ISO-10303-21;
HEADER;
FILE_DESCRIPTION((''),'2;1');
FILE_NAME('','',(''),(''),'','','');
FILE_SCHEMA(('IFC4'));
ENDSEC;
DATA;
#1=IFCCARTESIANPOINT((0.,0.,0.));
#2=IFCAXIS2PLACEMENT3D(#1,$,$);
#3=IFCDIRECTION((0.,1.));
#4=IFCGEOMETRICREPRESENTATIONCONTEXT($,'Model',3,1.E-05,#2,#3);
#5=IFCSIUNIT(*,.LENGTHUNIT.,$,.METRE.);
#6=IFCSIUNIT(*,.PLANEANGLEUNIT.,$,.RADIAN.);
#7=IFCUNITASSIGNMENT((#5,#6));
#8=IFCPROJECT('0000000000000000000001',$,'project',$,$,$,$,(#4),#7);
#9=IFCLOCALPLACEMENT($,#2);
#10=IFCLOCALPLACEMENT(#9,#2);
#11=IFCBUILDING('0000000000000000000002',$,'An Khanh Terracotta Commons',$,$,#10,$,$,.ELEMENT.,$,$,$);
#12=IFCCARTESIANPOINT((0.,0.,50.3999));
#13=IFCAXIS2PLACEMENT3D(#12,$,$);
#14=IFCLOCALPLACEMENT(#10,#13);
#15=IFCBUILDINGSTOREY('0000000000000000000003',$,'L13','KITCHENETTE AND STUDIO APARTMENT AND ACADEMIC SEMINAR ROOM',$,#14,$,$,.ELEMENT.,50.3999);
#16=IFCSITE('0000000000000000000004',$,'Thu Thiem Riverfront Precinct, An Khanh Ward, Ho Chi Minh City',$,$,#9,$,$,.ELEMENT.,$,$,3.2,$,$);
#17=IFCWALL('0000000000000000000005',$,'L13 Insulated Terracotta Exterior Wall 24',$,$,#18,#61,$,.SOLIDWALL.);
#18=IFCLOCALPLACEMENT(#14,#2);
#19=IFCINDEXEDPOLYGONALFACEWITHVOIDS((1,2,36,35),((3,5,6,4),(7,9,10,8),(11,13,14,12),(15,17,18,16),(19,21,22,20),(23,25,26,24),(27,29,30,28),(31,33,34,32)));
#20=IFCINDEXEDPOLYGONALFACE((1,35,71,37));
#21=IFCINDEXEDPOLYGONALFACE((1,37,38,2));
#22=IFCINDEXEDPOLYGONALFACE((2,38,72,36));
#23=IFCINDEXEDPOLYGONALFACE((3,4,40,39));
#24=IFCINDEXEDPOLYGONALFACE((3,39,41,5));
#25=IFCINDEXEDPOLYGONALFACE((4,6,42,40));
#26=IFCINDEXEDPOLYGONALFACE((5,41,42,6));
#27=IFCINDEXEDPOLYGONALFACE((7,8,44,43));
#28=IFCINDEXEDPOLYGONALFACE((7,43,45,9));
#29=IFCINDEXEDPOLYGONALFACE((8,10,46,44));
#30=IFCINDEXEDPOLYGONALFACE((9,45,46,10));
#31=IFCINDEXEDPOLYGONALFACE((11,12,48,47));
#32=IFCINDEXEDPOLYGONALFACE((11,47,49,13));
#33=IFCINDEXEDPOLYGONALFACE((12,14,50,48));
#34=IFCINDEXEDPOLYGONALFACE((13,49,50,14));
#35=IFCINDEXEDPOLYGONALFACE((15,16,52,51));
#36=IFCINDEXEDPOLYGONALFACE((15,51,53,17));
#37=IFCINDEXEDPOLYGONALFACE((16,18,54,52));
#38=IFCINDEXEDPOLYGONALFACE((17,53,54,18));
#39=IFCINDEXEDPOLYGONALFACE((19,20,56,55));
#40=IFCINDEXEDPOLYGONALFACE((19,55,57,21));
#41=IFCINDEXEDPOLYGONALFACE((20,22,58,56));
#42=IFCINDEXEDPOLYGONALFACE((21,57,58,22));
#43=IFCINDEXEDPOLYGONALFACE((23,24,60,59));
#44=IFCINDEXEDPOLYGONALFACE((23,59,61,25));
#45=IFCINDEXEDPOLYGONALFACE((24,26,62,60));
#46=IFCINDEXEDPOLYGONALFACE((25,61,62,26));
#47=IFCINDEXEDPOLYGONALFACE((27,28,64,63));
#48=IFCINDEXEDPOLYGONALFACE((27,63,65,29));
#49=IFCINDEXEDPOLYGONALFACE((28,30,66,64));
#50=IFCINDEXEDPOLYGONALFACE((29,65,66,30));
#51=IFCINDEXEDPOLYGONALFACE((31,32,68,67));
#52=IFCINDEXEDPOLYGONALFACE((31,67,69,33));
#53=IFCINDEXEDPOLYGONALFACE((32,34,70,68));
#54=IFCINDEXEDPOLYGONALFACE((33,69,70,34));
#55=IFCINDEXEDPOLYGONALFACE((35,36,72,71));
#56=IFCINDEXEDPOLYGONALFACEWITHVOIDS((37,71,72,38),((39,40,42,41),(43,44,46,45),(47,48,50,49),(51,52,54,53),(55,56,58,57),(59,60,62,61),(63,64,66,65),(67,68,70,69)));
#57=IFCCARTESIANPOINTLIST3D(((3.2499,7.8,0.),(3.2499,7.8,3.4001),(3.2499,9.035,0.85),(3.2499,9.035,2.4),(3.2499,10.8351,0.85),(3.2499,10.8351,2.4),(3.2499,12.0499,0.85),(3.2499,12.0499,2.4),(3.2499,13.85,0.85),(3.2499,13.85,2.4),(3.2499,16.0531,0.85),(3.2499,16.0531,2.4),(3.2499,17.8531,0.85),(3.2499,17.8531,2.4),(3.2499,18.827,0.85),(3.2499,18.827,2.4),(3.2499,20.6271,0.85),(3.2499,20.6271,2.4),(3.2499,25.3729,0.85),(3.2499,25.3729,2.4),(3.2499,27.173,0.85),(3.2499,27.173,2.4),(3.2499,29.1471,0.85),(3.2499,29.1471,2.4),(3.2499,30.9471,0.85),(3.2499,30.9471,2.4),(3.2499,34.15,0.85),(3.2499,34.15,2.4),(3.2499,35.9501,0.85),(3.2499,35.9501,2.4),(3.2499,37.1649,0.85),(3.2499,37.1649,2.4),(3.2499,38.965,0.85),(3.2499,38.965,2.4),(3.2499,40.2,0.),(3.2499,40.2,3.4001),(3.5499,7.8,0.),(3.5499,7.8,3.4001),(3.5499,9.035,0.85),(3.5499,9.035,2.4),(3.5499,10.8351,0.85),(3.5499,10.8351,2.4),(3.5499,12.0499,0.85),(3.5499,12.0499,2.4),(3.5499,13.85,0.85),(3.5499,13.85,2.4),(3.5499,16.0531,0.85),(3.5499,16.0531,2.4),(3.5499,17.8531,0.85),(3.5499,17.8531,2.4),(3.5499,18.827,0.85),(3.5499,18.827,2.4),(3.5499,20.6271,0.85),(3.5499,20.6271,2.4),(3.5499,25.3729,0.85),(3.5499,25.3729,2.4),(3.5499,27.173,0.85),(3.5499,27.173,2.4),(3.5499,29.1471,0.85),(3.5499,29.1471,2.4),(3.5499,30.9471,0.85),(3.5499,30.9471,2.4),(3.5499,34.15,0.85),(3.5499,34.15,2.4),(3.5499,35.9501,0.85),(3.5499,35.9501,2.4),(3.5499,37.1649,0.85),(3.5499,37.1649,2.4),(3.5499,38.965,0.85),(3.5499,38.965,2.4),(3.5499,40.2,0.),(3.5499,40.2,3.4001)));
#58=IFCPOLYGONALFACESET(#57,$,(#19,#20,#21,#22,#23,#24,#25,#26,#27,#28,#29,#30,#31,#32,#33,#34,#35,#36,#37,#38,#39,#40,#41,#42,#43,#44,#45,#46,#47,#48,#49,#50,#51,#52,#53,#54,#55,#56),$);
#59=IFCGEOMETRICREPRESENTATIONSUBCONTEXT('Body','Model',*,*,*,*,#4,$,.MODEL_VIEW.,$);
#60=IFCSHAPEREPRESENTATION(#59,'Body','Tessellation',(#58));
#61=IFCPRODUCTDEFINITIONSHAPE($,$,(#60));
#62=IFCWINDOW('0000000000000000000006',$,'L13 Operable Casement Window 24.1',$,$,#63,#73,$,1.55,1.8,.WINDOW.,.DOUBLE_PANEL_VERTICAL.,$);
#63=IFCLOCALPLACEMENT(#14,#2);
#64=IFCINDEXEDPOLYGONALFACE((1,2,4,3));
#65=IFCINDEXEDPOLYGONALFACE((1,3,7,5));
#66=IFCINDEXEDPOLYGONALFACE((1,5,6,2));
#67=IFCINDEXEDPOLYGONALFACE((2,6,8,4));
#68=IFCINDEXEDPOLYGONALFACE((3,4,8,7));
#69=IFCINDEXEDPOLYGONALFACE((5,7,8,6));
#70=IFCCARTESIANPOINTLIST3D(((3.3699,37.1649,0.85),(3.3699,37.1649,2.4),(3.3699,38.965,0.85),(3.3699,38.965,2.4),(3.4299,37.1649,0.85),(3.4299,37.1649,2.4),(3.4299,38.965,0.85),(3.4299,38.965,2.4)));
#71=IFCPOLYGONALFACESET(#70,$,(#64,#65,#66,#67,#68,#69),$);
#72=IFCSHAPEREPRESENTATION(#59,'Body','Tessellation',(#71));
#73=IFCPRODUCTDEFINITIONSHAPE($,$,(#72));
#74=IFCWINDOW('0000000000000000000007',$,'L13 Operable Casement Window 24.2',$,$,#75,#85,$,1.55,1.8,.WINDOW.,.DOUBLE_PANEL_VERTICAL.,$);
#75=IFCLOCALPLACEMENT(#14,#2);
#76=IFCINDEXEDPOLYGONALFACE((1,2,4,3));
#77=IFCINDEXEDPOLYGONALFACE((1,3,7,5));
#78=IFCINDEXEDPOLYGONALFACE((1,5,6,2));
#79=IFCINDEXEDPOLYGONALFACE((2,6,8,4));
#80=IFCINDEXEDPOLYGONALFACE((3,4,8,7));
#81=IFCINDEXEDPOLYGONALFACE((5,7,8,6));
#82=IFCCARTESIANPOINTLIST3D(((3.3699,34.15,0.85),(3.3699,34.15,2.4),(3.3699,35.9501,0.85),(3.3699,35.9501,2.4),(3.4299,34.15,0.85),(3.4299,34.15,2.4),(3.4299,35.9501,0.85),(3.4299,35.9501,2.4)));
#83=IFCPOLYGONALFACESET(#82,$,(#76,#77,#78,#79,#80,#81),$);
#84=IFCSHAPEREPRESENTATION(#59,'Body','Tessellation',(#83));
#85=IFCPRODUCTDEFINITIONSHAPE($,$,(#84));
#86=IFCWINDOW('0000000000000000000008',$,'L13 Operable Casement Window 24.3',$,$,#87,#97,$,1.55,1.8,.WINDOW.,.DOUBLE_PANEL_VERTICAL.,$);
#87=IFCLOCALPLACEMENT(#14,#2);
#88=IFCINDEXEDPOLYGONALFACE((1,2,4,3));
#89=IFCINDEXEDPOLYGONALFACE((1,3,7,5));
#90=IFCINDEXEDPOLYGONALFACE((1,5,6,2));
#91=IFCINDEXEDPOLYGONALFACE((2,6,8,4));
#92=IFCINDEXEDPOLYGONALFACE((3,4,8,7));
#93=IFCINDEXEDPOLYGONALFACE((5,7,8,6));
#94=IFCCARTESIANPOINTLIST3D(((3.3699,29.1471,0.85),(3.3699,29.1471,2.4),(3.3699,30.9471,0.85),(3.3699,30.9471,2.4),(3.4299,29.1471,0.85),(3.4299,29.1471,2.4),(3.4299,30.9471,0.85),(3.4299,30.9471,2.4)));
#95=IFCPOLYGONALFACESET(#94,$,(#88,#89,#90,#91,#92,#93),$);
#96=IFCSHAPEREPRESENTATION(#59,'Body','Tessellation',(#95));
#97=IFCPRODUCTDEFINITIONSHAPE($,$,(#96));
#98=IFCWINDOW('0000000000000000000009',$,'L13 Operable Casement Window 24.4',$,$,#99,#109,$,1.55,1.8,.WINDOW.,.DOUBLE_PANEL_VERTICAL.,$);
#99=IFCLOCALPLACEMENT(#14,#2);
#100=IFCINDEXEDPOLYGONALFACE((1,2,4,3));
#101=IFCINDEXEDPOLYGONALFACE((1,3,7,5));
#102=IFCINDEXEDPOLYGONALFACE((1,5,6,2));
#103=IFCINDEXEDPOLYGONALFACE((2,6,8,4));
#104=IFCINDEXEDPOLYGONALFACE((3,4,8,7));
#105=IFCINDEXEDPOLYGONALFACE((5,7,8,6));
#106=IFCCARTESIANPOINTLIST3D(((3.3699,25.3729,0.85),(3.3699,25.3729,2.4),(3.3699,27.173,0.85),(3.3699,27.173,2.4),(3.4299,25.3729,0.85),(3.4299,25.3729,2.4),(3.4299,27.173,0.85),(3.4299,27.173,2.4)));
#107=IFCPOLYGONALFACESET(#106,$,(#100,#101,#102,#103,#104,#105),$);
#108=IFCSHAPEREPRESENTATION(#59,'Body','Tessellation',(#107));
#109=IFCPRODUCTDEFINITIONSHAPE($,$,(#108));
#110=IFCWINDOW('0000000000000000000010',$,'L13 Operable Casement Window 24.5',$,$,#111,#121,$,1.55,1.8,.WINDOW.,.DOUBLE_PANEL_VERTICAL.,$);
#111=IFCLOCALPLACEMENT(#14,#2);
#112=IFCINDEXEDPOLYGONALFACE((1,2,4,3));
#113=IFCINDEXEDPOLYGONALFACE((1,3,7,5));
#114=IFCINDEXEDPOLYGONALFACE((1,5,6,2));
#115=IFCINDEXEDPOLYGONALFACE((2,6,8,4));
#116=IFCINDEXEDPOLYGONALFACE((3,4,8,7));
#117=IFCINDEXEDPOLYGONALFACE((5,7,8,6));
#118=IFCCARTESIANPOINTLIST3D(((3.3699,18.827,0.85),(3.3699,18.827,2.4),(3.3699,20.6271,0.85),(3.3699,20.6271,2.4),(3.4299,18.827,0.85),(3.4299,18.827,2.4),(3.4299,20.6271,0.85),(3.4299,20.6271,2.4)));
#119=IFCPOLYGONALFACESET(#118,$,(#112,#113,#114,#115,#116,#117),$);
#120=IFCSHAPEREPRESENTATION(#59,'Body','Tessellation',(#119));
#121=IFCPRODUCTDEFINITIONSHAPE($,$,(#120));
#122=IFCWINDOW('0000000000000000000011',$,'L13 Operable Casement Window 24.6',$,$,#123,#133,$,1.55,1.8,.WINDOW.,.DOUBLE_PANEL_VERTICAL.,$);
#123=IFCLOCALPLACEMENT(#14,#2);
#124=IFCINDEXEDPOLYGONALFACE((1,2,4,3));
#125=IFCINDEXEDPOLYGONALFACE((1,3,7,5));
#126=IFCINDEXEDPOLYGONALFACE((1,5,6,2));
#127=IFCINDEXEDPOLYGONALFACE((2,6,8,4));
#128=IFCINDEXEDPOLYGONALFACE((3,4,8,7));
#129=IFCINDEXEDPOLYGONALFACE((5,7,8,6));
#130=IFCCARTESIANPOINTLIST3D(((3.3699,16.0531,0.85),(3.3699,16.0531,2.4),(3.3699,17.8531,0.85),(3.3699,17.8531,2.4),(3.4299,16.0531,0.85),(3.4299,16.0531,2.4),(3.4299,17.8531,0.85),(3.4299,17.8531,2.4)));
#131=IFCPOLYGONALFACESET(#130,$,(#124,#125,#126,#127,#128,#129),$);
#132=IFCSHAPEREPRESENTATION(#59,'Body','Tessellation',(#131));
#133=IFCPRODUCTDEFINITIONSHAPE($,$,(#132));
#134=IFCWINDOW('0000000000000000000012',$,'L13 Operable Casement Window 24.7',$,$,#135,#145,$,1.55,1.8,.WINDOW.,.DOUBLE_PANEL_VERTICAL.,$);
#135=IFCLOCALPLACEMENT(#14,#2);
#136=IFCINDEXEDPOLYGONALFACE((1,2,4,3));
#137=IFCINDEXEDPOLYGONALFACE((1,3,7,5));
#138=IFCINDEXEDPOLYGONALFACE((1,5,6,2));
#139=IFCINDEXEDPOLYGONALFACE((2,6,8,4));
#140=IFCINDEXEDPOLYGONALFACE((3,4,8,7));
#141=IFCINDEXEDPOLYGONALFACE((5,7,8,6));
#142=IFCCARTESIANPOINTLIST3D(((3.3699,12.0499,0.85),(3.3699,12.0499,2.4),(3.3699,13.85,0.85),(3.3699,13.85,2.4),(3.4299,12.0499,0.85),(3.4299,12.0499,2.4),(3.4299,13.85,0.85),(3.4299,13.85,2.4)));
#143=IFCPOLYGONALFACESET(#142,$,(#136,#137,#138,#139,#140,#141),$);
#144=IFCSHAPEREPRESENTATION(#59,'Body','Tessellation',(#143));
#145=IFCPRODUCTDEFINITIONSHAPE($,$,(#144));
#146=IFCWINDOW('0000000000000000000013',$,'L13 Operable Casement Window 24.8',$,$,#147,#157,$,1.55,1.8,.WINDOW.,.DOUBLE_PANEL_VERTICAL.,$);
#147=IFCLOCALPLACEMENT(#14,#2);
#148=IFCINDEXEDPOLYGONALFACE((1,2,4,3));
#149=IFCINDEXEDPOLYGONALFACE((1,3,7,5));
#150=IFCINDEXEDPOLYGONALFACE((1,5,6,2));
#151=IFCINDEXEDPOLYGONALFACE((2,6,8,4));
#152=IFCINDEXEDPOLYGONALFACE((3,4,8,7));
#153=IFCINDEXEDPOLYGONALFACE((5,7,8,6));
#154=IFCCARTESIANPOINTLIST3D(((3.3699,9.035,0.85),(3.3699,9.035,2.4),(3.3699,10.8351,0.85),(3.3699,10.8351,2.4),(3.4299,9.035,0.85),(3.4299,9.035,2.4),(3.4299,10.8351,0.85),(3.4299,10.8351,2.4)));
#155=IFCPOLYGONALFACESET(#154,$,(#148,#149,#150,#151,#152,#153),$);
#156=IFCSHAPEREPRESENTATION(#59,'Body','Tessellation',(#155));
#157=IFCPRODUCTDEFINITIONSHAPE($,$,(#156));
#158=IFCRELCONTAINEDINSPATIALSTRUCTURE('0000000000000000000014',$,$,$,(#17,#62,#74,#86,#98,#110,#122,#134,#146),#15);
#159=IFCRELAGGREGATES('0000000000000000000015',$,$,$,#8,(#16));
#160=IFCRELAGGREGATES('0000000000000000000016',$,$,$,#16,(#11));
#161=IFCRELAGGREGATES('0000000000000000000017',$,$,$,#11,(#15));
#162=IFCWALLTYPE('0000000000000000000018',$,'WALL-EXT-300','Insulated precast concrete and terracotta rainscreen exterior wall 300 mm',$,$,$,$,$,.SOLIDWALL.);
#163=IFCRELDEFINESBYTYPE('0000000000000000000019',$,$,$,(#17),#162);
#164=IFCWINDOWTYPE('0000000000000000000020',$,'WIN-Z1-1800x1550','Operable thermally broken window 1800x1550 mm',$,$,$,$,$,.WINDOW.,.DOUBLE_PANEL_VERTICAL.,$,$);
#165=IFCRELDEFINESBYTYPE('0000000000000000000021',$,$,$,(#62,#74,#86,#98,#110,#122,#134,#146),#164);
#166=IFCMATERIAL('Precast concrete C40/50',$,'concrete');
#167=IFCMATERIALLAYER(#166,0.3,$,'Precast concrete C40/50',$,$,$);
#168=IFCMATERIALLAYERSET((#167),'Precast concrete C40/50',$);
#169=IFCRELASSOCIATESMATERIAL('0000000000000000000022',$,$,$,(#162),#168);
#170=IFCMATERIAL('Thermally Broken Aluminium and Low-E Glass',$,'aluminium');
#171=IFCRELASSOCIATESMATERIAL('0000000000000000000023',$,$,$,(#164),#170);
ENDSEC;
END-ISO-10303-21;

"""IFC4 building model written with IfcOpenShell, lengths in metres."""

from ifc_helpers import new_model, si_unit, direction, frame, frame_2d, origin, place, context, subcontext, project, spatial, rectangle, extrude, material, layer, layer_set, type_object, element, fill, save


model = new_model("IFC4")

# Units and contexts
model_context = context("Model", 3, precision=1e-05, world=origin(), true_north=direction((0.0, 1.0)))
body_context = subcontext(model_context, "Body", "Model", "MODEL_VIEW")
ifc_project = project(units=[si_unit("LENGTHUNIT", "METRE"), si_unit("PLANEANGLEUNIT", "RADIAN")], contexts=[model_context])

# Site, building, storey
site_placement = place(None, origin())
site = spatial("IfcSite", under=ifc_project, at=site_placement, Name="Thu Thiem Riverfront Precinct, An Khanh Ward, Ho Chi Minh City", CompositionType="ELEMENT", RefElevation=3.2)
building_placement = place(site_placement, origin())
building = spatial("IfcBuilding", under=site, at=building_placement, Name="An Khanh Terracotta Commons", CompositionType="ELEMENT")
storey_placement = place(building_placement, frame((0.0, 0.0, 50.3999)))
storey = spatial("IfcBuildingStorey", under=building, at=storey_placement, Name="L13", Description="KITCHENETTE AND STUDIO APARTMENT AND ACADEMIC SEMINAR ROOM", CompositionType="ELEMENT", Elevation=50.3999)

# Shared definitions
ifc_material_1 = material(Name="Precast concrete C40/50", Category="concrete")
ifc_layer_1 = layer(ifc_material_1, 0.3, Name="Precast concrete C40/50")
ifc_layer_set_1 = layer_set([ifc_layer_1], Name="Precast concrete C40/50")
wall_type_1 = type_object("IfcWallType", Name="WALL-EXT-300", Description="Insulated precast concrete and terracotta rainscreen exterior wall 300 mm", PredefinedType="SOLIDWALL", material=ifc_layer_set_1)

# Wall, openings, windows
wall_1_placement = place(storey_placement, frame((3.3999, 40.2, 0.0), z_axis=(0.0, 0.0, 1.0), x_axis=(0.0, -1.0, 0.0)))
wall_1 = element("IfcWall", 1, at=wall_1_placement, inside=storey, type_object=wall_type_1, Name="L13 Insulated Terracotta Exterior Wall 24", PredefinedType="SOLIDWALL", context=body_context, shape_type="SweptSolid", body=[
    extrude(rectangle(XDim=32.3999, YDim=0.3, at=frame_2d((16.2, 0.0))), origin(), (0.0, 0.0, 1.0), 3.4001),
])
opening_1_placement = place(wall_1_placement, frame((1.2351, 0.0, 0.8501)))
opening_1 = element("IfcOpeningElement", 2, at=opening_1_placement, cuts=wall_1, PredefinedType="OPENING", context=body_context, shape_type="SweptSolid", body=[
    extrude(rectangle(XDim=1.8, YDim=1.55, at=frame_2d((0.8999, 0.7749))), frame((0.0, 0.1599, 0.0), z_axis=(0.0, -1.0, 0.0), x_axis=(1.0, 0.0, 0.0)), (0.0, 0.0, 1.0), 0.3201),
])
opening_2_placement = place(wall_1_placement, frame((4.25, 0.0, 0.8501)))
opening_2 = element("IfcOpeningElement", 3, at=opening_2_placement, cuts=wall_1, PredefinedType="OPENING", context=body_context, shape_type="SweptSolid", body=[
    extrude(rectangle(XDim=1.8, YDim=1.55, at=frame_2d((0.8999, 0.7749))), frame((0.0, 0.1599, 0.0), z_axis=(0.0, -1.0, 0.0), x_axis=(1.0, 0.0, 0.0)), (0.0, 0.0, 1.0), 0.3201),
])
opening_3_placement = place(wall_1_placement, frame((9.2529, 0.0, 0.8501)))
opening_3 = element("IfcOpeningElement", 4, at=opening_3_placement, cuts=wall_1, PredefinedType="OPENING", context=body_context, shape_type="SweptSolid", body=[
    extrude(rectangle(XDim=1.8, YDim=1.55, at=frame_2d((0.8999, 0.7749))), frame((0.0, 0.1599, 0.0), z_axis=(0.0, -1.0, 0.0), x_axis=(1.0, 0.0, 0.0)), (0.0, 0.0, 1.0), 0.3201),
])
opening_4_placement = place(wall_1_placement, frame((13.0271, 0.0, 0.8501)))
opening_4 = element("IfcOpeningElement", 5, at=opening_4_placement, cuts=wall_1, PredefinedType="OPENING", context=body_context, shape_type="SweptSolid", body=[
    extrude(rectangle(XDim=1.8, YDim=1.55, at=frame_2d((0.8999, 0.7749))), frame((0.0, 0.1599, 0.0), z_axis=(0.0, -1.0, 0.0), x_axis=(1.0, 0.0, 0.0)), (0.0, 0.0, 1.0), 0.3201),
])
opening_5_placement = place(wall_1_placement, frame((19.573, 0.0, 0.8501)))
opening_5 = element("IfcOpeningElement", 6, at=opening_5_placement, cuts=wall_1, PredefinedType="OPENING", context=body_context, shape_type="SweptSolid", body=[
    extrude(rectangle(XDim=1.8, YDim=1.55, at=frame_2d((0.8999, 0.7749))), frame((0.0, 0.1599, 0.0), z_axis=(0.0, -1.0, 0.0), x_axis=(1.0, 0.0, 0.0)), (0.0, 0.0, 1.0), 0.3201),
])
opening_6_placement = place(wall_1_placement, frame((22.3469, 0.0, 0.8501)))
opening_6 = element("IfcOpeningElement", 7, at=opening_6_placement, cuts=wall_1, PredefinedType="OPENING", context=body_context, shape_type="SweptSolid", body=[
    extrude(rectangle(XDim=1.8, YDim=1.55, at=frame_2d((0.8999, 0.7749))), frame((0.0, 0.1599, 0.0), z_axis=(0.0, -1.0, 0.0), x_axis=(1.0, 0.0, 0.0)), (0.0, 0.0, 1.0), 0.3201),
])
opening_7_placement = place(wall_1_placement, frame((26.3501, 0.0, 0.8501)))
opening_7 = element("IfcOpeningElement", 8, at=opening_7_placement, cuts=wall_1, PredefinedType="OPENING", context=body_context, shape_type="SweptSolid", body=[
    extrude(rectangle(XDim=1.8, YDim=1.55, at=frame_2d((0.8999, 0.7749))), frame((0.0, 0.1599, 0.0), z_axis=(0.0, -1.0, 0.0), x_axis=(1.0, 0.0, 0.0)), (0.0, 0.0, 1.0), 0.3201),
])
opening_8_placement = place(wall_1_placement, frame((29.365, 0.0, 0.8501)))
opening_8 = element("IfcOpeningElement", 9, at=opening_8_placement, cuts=wall_1, PredefinedType="OPENING", context=body_context, shape_type="SweptSolid", body=[
    extrude(rectangle(XDim=1.8, YDim=1.55, at=frame_2d((0.8999, 0.7749))), frame((0.0, 0.1599, 0.0), z_axis=(0.0, -1.0, 0.0), x_axis=(1.0, 0.0, 0.0)), (0.0, 0.0, 1.0), 0.3201),
])
ifc_material_2 = material(Name="Thermally Broken Aluminium and Low-E Glass", Category="aluminium")
window_type = type_object("IfcWindowType", Name="WIN-Z1-1800x1550", Description="Operable thermally broken window 1800x1550 mm", PartitioningType="DOUBLE_PANEL_VERTICAL", PredefinedType="WINDOW", material=ifc_material_2)
window_1_placement = place(opening_1_placement, origin())
window_1 = element("IfcWindow", 10, at=window_1_placement, inside=storey, type_object=window_type, Name="L13 Operable Casement Window 24.1", OverallHeight=1.55, OverallWidth=1.8, PartitioningType="DOUBLE_PANEL_VERTICAL", PredefinedType="WINDOW", context=body_context, shape_type="SweptSolid", body=[
    extrude(rectangle(XDim=1.8, YDim=1.55, at=frame_2d((0.8999, 0.7749))), frame((0.0, 0.03, 0.0), z_axis=(0.0, -1.0, 0.0), x_axis=(1.0, 0.0, 0.0)), (0.0, 0.0, 1.0), 0.0601),
])
fill(opening_1, window_1)
window_2_placement = place(opening_2_placement, origin())
window_2 = element("IfcWindow", 11, at=window_2_placement, inside=storey, type_object=window_type, Name="L13 Operable Casement Window 24.2", OverallHeight=1.55, OverallWidth=1.8, PartitioningType="DOUBLE_PANEL_VERTICAL", PredefinedType="WINDOW", context=body_context, shape_type="SweptSolid", body=[
    extrude(rectangle(XDim=1.8, YDim=1.55, at=frame_2d((0.8999, 0.7749))), frame((0.0, 0.03, 0.0), z_axis=(0.0, -1.0, 0.0), x_axis=(1.0, 0.0, 0.0)), (0.0, 0.0, 1.0), 0.0601),
])
fill(opening_2, window_2)
window_3_placement = place(opening_3_placement, origin())
window_3 = element("IfcWindow", 12, at=window_3_placement, inside=storey, type_object=window_type, Name="L13 Operable Casement Window 24.3", OverallHeight=1.55, OverallWidth=1.8, PartitioningType="DOUBLE_PANEL_VERTICAL", PredefinedType="WINDOW", context=body_context, shape_type="SweptSolid", body=[
    extrude(rectangle(XDim=1.8, YDim=1.55, at=frame_2d((0.8999, 0.7749))), frame((0.0, 0.03, 0.0), z_axis=(0.0, -1.0, 0.0), x_axis=(1.0, 0.0, 0.0)), (0.0, 0.0, 1.0), 0.0601),
])
fill(opening_3, window_3)
window_4_placement = place(opening_4_placement, origin())
window_4 = element("IfcWindow", 13, at=window_4_placement, inside=storey, type_object=window_type, Name="L13 Operable Casement Window 24.4", OverallHeight=1.55, OverallWidth=1.8, PartitioningType="DOUBLE_PANEL_VERTICAL", PredefinedType="WINDOW", context=body_context, shape_type="SweptSolid", body=[
    extrude(rectangle(XDim=1.8, YDim=1.55, at=frame_2d((0.8999, 0.7749))), frame((0.0, 0.03, 0.0), z_axis=(0.0, -1.0, 0.0), x_axis=(1.0, 0.0, 0.0)), (0.0, 0.0, 1.0), 0.0601),
])
fill(opening_4, window_4)
window_5_placement = place(opening_5_placement, origin())
window_5 = element("IfcWindow", 14, at=window_5_placement, inside=storey, type_object=window_type, Name="L13 Operable Casement Window 24.5", OverallHeight=1.55, OverallWidth=1.8, PartitioningType="DOUBLE_PANEL_VERTICAL", PredefinedType="WINDOW", context=body_context, shape_type="SweptSolid", body=[
    extrude(rectangle(XDim=1.8, YDim=1.55, at=frame_2d((0.8999, 0.7749))), frame((0.0, 0.03, 0.0), z_axis=(0.0, -1.0, 0.0), x_axis=(1.0, 0.0, 0.0)), (0.0, 0.0, 1.0), 0.0601),
])
fill(opening_5, window_5)
window_6_placement = place(opening_6_placement, origin())
window_6 = element("IfcWindow", 15, at=window_6_placement, inside=storey, type_object=window_type, Name="L13 Operable Casement Window 24.6", OverallHeight=1.55, OverallWidth=1.8, PartitioningType="DOUBLE_PANEL_VERTICAL", PredefinedType="WINDOW", context=body_context, shape_type="SweptSolid", body=[
    extrude(rectangle(XDim=1.8, YDim=1.55, at=frame_2d((0.8999, 0.7749))), frame((0.0, 0.03, 0.0), z_axis=(0.0, -1.0, 0.0), x_axis=(1.0, 0.0, 0.0)), (0.0, 0.0, 1.0), 0.0601),
])
fill(opening_6, window_6)
window_7_placement = place(opening_7_placement, origin())
window_7 = element("IfcWindow", 16, at=window_7_placement, inside=storey, type_object=window_type, Name="L13 Operable Casement Window 24.7", OverallHeight=1.55, OverallWidth=1.8, PartitioningType="DOUBLE_PANEL_VERTICAL", PredefinedType="WINDOW", context=body_context, shape_type="SweptSolid", body=[
    extrude(rectangle(XDim=1.8, YDim=1.55, at=frame_2d((0.8999, 0.7749))), frame((0.0, 0.03, 0.0), z_axis=(0.0, -1.0, 0.0), x_axis=(1.0, 0.0, 0.0)), (0.0, 0.0, 1.0), 0.0601),
])
fill(opening_7, window_7)
window_8_placement = place(opening_8_placement, origin())
window_8 = element("IfcWindow", 17, at=window_8_placement, inside=storey, type_object=window_type, Name="L13 Operable Casement Window 24.8", OverallHeight=1.55, OverallWidth=1.8, PartitioningType="DOUBLE_PANEL_VERTICAL", PredefinedType="WINDOW", context=body_context, shape_type="SweptSolid", body=[
    extrude(rectangle(XDim=1.8, YDim=1.55, at=frame_2d((0.8999, 0.7749))), frame((0.0, 0.03, 0.0), z_axis=(0.0, -1.0, 0.0), x_axis=(1.0, 0.0, 0.0)), (0.0, 0.0, 1.0), 0.0601),
])
fill(opening_8, window_8)

save(model, "model.ifc")
